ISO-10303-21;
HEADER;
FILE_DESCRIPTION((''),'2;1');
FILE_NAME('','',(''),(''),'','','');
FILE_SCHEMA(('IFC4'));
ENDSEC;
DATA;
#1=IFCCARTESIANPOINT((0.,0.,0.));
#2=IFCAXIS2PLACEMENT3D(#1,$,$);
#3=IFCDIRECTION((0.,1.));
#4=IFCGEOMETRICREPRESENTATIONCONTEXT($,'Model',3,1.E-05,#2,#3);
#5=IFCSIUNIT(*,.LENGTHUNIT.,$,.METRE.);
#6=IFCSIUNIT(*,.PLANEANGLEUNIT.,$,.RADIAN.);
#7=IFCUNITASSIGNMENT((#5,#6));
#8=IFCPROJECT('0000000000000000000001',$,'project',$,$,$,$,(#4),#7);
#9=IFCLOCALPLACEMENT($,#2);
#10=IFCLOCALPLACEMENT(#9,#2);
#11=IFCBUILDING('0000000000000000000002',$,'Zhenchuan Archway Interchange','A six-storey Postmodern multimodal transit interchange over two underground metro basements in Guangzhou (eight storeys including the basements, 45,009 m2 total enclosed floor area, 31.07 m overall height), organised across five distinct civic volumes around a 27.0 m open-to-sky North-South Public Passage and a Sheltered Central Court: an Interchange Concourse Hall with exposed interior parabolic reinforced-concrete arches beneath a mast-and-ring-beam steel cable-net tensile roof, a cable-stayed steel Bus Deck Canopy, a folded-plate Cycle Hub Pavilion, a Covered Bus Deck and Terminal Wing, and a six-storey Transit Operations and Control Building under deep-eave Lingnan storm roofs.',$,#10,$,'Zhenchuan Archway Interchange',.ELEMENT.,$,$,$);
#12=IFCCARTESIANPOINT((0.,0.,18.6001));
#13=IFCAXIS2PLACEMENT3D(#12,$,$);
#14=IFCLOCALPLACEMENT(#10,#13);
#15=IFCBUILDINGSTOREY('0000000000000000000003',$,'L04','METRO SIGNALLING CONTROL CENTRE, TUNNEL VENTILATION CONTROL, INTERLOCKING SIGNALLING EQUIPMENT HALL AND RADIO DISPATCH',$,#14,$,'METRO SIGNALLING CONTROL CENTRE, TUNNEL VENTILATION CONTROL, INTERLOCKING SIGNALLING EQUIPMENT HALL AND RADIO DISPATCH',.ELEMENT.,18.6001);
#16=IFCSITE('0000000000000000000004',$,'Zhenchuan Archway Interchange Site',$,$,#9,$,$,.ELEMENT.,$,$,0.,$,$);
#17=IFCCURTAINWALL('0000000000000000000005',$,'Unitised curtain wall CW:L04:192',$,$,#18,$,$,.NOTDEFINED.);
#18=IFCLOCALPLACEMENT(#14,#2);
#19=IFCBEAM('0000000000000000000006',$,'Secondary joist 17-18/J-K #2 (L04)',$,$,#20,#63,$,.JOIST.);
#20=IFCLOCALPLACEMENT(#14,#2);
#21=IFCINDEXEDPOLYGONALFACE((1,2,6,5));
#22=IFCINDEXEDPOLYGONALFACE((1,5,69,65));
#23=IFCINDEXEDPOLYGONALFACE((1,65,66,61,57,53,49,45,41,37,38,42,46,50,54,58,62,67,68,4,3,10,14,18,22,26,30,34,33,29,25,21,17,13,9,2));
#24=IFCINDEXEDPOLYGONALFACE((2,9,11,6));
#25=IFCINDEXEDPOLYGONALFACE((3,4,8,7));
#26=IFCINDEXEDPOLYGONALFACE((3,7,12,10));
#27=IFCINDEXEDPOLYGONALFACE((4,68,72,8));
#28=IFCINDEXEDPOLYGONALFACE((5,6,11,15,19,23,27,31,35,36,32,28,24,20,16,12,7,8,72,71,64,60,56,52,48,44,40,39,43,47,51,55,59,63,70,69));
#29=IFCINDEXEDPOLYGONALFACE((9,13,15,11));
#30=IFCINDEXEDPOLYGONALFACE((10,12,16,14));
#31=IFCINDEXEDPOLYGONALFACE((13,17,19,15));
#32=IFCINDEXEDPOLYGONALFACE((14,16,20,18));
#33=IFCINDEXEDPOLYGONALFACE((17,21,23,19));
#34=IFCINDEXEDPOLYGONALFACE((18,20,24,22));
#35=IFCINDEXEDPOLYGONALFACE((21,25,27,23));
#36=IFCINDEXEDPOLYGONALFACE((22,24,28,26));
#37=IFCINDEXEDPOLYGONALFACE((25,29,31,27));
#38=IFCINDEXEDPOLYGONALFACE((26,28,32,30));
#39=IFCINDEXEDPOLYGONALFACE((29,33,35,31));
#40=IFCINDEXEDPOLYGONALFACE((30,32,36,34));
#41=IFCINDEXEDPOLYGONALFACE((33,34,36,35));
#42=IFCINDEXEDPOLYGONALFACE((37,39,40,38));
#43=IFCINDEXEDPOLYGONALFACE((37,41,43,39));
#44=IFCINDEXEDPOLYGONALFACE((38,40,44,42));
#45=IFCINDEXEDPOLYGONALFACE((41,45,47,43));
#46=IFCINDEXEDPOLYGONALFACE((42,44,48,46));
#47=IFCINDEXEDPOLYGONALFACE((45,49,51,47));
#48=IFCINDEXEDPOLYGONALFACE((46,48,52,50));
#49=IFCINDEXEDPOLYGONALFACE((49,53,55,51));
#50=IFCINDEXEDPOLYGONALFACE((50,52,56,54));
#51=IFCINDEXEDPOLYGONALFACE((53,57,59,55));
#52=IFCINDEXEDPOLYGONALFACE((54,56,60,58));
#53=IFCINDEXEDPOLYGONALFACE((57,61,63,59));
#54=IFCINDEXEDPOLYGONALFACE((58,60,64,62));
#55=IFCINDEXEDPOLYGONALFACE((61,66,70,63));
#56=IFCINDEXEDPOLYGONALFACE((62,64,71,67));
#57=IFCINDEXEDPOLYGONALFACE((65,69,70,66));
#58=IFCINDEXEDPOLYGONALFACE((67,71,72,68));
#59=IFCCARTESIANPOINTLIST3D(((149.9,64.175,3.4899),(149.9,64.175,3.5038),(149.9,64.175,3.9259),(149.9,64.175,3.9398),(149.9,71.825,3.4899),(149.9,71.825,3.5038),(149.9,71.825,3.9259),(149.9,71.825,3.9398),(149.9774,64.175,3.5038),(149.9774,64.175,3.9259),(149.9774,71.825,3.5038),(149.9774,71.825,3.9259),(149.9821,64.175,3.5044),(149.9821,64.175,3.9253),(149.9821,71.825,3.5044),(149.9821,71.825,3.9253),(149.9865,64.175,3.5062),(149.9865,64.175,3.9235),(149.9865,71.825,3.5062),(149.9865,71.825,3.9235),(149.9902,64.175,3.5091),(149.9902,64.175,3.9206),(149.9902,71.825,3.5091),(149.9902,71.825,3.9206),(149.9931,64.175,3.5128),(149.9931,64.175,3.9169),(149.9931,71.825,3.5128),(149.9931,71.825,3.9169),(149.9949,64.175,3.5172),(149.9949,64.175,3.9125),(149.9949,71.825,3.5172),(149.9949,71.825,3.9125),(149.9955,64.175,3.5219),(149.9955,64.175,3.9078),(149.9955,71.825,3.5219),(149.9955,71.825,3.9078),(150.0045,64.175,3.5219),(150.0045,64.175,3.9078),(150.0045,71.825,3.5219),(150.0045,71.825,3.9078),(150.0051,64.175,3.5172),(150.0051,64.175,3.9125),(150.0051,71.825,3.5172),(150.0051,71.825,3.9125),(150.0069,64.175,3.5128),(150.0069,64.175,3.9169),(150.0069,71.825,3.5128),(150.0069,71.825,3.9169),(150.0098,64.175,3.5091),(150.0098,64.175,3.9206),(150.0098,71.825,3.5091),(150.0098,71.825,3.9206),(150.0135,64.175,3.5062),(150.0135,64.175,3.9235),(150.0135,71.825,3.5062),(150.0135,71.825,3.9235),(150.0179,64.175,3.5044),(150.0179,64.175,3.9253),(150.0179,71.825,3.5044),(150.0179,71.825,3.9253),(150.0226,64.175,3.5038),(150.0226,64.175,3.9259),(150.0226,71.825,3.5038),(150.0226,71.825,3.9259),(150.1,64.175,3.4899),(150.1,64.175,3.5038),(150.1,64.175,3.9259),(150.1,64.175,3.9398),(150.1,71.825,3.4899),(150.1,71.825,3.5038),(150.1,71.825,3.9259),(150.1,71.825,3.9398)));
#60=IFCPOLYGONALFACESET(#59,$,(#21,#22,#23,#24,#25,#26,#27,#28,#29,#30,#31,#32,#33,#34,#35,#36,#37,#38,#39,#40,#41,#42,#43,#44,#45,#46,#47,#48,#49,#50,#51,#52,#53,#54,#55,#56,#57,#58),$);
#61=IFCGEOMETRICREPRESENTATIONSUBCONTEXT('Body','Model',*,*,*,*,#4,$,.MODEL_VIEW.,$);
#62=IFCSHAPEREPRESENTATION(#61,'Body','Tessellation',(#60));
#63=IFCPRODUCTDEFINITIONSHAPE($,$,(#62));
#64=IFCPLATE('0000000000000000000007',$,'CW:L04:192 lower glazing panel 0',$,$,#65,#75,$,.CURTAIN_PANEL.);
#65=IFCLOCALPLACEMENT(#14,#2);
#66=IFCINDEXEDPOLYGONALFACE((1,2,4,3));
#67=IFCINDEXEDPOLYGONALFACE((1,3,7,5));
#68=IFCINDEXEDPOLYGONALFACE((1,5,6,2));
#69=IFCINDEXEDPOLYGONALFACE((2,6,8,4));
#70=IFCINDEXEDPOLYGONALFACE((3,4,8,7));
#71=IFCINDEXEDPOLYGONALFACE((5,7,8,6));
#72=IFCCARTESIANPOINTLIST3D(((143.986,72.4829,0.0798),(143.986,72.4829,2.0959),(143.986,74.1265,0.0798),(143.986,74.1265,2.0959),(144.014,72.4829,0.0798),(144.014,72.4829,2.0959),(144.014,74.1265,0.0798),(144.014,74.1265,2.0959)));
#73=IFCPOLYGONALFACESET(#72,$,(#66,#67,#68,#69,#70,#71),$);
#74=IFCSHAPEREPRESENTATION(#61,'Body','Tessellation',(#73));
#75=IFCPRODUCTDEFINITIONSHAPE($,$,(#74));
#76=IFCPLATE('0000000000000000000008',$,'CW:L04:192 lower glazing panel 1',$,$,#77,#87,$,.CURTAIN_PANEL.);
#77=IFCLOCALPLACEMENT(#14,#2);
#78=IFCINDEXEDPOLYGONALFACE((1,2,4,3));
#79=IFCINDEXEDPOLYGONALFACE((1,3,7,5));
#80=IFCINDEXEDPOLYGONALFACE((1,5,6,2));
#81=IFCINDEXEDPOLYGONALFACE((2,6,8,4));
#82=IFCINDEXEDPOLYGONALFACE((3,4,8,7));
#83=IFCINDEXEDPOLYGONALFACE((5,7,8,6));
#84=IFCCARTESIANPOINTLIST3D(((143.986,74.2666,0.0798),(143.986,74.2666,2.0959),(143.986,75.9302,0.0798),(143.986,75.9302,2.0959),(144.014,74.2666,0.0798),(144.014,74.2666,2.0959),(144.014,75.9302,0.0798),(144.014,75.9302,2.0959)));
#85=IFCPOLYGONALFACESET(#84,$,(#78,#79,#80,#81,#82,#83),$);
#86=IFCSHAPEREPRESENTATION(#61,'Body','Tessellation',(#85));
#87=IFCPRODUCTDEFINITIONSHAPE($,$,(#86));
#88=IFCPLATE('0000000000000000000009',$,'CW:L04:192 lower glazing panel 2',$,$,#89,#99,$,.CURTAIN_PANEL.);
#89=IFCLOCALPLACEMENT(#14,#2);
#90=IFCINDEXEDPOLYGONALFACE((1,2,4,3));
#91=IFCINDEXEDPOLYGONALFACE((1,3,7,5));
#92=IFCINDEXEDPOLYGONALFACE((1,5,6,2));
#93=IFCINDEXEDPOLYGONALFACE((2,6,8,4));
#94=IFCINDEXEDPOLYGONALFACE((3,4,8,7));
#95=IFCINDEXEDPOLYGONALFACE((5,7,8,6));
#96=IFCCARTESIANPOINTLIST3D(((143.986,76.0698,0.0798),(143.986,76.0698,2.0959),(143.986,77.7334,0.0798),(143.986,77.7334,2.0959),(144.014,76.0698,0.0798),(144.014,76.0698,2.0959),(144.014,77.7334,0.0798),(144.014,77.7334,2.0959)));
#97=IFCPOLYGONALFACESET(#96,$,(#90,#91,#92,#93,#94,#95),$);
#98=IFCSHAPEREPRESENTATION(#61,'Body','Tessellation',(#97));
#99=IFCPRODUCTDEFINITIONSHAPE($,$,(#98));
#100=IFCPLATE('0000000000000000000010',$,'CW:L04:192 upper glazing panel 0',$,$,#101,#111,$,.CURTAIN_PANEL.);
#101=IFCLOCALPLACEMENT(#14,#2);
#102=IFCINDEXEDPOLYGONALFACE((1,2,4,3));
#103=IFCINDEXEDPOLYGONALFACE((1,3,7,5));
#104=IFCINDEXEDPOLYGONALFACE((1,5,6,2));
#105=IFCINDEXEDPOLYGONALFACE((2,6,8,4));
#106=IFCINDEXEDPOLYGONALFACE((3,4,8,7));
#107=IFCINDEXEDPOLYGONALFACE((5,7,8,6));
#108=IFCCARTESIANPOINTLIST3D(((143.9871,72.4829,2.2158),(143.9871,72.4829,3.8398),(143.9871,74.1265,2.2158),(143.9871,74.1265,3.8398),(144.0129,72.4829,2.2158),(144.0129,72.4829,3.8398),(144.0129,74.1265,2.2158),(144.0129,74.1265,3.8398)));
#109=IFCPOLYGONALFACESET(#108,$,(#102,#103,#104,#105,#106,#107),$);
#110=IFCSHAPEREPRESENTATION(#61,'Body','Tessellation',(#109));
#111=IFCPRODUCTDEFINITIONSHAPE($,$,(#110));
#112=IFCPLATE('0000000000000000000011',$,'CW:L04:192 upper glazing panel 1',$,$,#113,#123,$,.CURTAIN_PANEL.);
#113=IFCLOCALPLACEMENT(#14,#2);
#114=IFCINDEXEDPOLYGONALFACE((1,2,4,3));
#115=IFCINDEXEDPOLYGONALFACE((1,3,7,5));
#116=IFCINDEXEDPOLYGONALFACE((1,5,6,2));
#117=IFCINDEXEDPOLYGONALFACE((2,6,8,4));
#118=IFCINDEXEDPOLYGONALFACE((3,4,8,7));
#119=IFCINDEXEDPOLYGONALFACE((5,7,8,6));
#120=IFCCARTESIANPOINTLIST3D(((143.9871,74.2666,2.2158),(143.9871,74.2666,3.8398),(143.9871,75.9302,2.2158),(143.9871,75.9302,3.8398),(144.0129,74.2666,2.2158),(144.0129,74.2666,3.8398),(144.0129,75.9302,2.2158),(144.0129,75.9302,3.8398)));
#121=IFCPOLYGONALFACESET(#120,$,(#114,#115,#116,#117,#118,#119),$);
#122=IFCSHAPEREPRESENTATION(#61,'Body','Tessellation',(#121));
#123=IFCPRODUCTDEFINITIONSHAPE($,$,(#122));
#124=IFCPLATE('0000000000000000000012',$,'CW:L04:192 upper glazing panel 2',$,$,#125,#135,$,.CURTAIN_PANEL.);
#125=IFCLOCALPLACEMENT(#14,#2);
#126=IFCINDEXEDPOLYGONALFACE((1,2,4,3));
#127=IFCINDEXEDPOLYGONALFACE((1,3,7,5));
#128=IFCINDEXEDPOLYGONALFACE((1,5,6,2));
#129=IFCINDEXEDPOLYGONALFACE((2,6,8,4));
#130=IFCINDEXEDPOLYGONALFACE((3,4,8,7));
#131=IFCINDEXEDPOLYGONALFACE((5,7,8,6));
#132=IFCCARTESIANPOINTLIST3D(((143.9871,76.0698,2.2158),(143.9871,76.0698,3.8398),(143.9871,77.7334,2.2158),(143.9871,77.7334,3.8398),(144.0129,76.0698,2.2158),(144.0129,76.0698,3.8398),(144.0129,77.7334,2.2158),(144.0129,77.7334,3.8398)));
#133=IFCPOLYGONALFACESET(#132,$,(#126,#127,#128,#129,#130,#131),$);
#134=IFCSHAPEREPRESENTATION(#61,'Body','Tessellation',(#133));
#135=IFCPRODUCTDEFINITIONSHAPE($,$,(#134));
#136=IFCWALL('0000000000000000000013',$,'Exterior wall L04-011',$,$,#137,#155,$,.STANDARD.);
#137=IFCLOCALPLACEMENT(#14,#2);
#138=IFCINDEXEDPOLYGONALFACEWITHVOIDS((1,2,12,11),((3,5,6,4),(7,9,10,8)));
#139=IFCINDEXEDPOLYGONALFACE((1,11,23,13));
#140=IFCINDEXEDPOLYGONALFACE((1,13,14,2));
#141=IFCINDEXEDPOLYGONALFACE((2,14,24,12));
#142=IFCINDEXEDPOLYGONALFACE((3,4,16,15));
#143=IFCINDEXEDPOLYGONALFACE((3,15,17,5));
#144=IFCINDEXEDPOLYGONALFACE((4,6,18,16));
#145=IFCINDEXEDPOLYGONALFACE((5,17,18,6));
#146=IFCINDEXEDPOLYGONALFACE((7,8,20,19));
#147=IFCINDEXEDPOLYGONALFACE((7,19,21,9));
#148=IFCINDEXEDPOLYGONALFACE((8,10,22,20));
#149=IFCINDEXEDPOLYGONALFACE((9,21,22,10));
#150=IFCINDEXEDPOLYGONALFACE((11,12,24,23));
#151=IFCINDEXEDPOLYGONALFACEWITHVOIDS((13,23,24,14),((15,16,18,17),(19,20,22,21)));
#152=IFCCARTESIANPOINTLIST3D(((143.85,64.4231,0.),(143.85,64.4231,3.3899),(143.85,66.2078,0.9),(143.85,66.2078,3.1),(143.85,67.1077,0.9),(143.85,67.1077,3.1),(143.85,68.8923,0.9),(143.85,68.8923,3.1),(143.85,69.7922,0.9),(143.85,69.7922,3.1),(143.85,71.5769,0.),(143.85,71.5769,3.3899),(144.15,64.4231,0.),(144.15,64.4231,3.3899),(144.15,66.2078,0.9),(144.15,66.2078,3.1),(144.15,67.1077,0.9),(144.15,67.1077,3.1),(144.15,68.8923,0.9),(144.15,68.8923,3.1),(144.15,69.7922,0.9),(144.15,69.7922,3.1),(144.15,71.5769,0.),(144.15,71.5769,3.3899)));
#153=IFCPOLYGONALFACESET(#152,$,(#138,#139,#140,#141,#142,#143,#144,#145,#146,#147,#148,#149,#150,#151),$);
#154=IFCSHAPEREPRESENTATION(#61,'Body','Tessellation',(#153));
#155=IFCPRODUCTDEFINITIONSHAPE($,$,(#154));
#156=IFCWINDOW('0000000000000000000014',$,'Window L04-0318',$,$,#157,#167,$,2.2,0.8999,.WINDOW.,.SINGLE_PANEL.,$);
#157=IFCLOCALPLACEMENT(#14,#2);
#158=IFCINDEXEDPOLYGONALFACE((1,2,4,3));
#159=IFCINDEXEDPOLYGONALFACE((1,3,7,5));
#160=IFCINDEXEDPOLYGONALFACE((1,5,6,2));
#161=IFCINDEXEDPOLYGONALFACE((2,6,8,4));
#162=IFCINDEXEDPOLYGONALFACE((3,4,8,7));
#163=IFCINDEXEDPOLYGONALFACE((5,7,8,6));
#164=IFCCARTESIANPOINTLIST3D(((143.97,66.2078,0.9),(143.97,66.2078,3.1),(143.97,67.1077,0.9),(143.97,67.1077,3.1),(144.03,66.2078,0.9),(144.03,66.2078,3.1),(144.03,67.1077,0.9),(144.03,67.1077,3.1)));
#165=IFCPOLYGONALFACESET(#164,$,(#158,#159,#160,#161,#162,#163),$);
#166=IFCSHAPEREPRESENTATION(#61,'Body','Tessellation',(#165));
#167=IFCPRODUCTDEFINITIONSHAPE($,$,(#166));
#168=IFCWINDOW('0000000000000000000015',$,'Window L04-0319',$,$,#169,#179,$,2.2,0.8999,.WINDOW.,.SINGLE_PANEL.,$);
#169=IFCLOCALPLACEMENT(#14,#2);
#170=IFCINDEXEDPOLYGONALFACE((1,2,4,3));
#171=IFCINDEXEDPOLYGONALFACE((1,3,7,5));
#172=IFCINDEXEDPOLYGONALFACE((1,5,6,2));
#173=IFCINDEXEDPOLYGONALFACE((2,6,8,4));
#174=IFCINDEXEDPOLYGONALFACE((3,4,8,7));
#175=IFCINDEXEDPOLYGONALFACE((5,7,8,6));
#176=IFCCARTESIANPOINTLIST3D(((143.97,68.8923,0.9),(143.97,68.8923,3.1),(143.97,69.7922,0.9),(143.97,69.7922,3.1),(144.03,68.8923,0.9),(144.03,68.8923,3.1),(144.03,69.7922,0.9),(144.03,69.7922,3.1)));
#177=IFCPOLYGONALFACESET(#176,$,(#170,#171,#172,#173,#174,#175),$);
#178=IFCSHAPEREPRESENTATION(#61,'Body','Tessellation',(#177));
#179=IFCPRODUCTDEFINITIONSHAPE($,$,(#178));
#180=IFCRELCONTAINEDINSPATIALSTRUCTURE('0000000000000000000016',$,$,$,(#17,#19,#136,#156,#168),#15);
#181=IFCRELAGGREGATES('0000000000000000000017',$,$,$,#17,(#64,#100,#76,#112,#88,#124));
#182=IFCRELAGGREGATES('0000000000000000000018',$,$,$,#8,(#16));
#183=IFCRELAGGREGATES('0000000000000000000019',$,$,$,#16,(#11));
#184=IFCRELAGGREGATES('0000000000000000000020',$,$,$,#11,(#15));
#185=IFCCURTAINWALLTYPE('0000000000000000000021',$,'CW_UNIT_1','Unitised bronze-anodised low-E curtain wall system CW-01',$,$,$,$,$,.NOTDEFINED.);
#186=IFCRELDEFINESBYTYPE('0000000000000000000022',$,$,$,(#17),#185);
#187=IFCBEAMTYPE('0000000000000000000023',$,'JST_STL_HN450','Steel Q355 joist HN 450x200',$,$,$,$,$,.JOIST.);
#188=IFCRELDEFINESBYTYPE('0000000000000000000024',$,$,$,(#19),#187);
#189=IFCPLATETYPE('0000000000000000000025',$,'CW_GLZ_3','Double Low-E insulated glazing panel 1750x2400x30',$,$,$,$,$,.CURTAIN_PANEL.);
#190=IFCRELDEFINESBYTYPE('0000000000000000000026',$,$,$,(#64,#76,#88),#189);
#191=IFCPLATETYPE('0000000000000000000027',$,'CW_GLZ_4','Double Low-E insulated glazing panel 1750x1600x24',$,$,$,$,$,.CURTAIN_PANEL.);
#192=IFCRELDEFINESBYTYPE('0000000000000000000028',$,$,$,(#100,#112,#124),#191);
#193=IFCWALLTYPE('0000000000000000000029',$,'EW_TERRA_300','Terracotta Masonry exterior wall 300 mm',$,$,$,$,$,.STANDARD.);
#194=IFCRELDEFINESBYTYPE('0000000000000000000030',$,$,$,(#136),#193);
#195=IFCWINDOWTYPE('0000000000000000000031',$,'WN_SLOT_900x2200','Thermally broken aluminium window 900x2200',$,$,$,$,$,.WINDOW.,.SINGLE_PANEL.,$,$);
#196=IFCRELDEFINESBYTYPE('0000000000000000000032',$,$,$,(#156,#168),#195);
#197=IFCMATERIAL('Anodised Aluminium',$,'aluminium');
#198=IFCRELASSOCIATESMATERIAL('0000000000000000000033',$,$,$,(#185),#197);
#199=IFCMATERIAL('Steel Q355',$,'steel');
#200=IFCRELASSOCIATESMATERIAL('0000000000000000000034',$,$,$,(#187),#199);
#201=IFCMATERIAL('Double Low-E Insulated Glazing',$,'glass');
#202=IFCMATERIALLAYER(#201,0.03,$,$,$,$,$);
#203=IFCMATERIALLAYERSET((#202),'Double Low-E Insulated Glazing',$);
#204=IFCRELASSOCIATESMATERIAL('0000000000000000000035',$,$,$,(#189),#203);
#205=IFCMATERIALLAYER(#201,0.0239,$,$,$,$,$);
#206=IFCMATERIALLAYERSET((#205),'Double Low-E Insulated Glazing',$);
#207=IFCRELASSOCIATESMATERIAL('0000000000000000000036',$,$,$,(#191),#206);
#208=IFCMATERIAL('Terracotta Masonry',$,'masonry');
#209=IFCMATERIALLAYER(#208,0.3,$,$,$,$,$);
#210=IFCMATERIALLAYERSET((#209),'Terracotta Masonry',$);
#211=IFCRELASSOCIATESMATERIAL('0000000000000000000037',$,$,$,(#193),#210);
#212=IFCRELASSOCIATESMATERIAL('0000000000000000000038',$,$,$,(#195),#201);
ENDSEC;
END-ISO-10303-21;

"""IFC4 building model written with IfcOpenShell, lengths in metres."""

from ifc_helpers import new_model, si_unit, direction, frame, frame_2d, origin, origin_2d, place, context, subcontext, project, spatial, rectangle, i_section, extrude, material, layer, layer_set, material_profile, profile_set, type_object, element, fill, aggregate, save


model = new_model("IFC4")

# Units and contexts
model_context = context("Model", 3, precision=1e-05, world=origin(), true_north=direction((0.0, 1.0)))
body_context = subcontext(model_context, "Body", "Model", "MODEL_VIEW")
ifc_project = project(units=[si_unit("LENGTHUNIT", "METRE"), si_unit("PLANEANGLEUNIT", "RADIAN")], contexts=[model_context])

# Site, building, storey
site_placement = place(None, origin())
site = spatial("IfcSite", under=ifc_project, at=site_placement, Name="Zhenchuan Archway Interchange Site", CompositionType="ELEMENT", RefElevation=0.0)
building_placement = place(site_placement, origin())
building = spatial("IfcBuilding", under=site, at=building_placement, Name="Zhenchuan Archway Interchange", Description="A six-storey Postmodern multimodal transit interchange over two underground metro basements in Guangzhou (eight storeys including the basements, 45,009 m2 total enclosed floor area, 31.07 m overall height), organised across five distinct civic volumes around a 27.0 m open-to-sky North-South Public Passage and a Sheltered Central Court: an Interchange Concourse Hall with exposed interior parabolic reinforced-concrete arches beneath a mast-and-ring-beam steel cable-net tensile roof, a cable-stayed steel Bus Deck Canopy, a folded-plate Cycle Hub Pavilion, a Covered Bus Deck and Terminal Wing, and a six-storey Transit Operations and Control Building under deep-eave Lingnan storm roofs.", LongName="Zhenchuan Archway Interchange", CompositionType="ELEMENT")
storey_placement = place(building_placement, frame((0.0, 0.0, 18.6001)))
storey = spatial("IfcBuildingStorey", under=building, at=storey_placement, Name="L04", Description="METRO SIGNALLING CONTROL CENTRE, TUNNEL VENTILATION CONTROL, INTERLOCKING SIGNALLING EQUIPMENT HALL AND RADIO DISPATCH", LongName="METRO SIGNALLING CONTROL CENTRE, TUNNEL VENTILATION CONTROL, INTERLOCKING SIGNALLING EQUIPMENT HALL AND RADIO DISPATCH", CompositionType="ELEMENT", Elevation=18.6001)

# Curtain wall
ifc_material_1 = material(Name="Anodised Aluminium", Category="aluminium")
curtain_wall_type = type_object("IfcCurtainWallType", Name="CW_UNIT_1", Description="Unitised bronze-anodised low-E curtain wall system CW-01", PredefinedType="NOTDEFINED", material=ifc_material_1)
curtain_wall_placement = place(storey_placement, origin())
curtain_wall = element("IfcCurtainWall", 1, at=curtain_wall_placement, inside=storey, type_object=curtain_wall_type, Name="Unitised curtain wall CW:L04:192", PredefinedType="NOTDEFINED")

# Beam
ifc_material_2 = material(Name="Steel Q355", Category="steel")
ifc_material_profile_1 = material_profile(ifc_material_2, i_section(OverallWidth=0.2, OverallDepth=0.45, WebThickness=0.009, FlangeThickness=0.0139, FilletRadius=0.0181, at=origin_2d()), Name="HN 450x200")
ifc_profile_set_1 = profile_set([ifc_material_profile_1], Name="Steel Q355")
beam_type_1 = type_object("IfcBeamType", Name="JST_STL_HN450", Description="Steel Q355 joist HN 450x200", PredefinedType="JOIST", material=ifc_profile_set_1)
beam_1_placement = place(storey_placement, frame((150.0, 64.175, 3.7148), z_axis=(0.0, 1.0, 0.0), x_axis=(-1.0, 0.0, 0.0)))
element("IfcBeam", 2, at=beam_1_placement, inside=storey, type_object=beam_type_1, Name="Secondary joist 17-18/J-K #2 (L04)", PredefinedType="JOIST", context=body_context, shape_type="SweptSolid", body=[
    extrude(i_section(OverallWidth=0.2, OverallDepth=0.45, WebThickness=0.009, FlangeThickness=0.0139, FilletRadius=0.0181, at=origin_2d()), origin(), (0.0, 0.0, 1.0), 7.6499),
])

# Plates
ifc_material_3 = material(Name="Double Low-E Insulated Glazing", Category="glass")
ifc_layer_1 = layer(ifc_material_3, 0.03)
ifc_layer_set_1 = layer_set([ifc_layer_1], Name="Double Low-E Insulated Glazing")
plate_type_1 = type_object("IfcPlateType", Name="CW_GLZ_3", Description="Double Low-E insulated glazing panel 1750x2400x30", PredefinedType="CURTAIN_PANEL", material=ifc_layer_set_1)
plate_1_placement = place(storey_placement, frame((144.0, 73.3047, 0.0798), z_axis=(0.0, 0.0, 1.0), x_axis=(0.0, 1.0, 0.0)))
plate_1 = element("IfcPlate", 3, at=plate_1_placement, type_object=plate_type_1, Name="CW:L04:192 lower glazing panel 0", PredefinedType="CURTAIN_PANEL", context=body_context, shape_type="SweptSolid", body=[
    extrude(rectangle(XDim=1.6436, YDim=0.0281, at=origin_2d()), origin(), (0.0, 0.0, 1.0), 2.0161),
])
plate_2_placement = place(storey_placement, frame((144.0, 75.0984, 0.0798), z_axis=(0.0, 0.0, 1.0), x_axis=(0.0, 1.0, 0.0)))
plate_2 = element("IfcPlate", 4, at=plate_2_placement, type_object=plate_type_1, Name="CW:L04:192 lower glazing panel 1", PredefinedType="CURTAIN_PANEL", context=body_context, shape_type="SweptSolid", body=[
    extrude(rectangle(XDim=1.6636, YDim=0.0281, at=origin_2d()), origin(), (0.0, 0.0, 1.0), 2.0161),
])
plate_3_placement = place(storey_placement, frame((144.0, 76.9016, 0.0798), z_axis=(0.0, 0.0, 1.0), x_axis=(0.0, 1.0, 0.0)))
plate_3 = element("IfcPlate", 5, at=plate_3_placement, type_object=plate_type_1, Name="CW:L04:192 lower glazing panel 2", PredefinedType="CURTAIN_PANEL", context=body_context, shape_type="SweptSolid", body=[
    extrude(rectangle(XDim=1.6636, YDim=0.0281, at=origin_2d()), origin(), (0.0, 0.0, 1.0), 2.0161),
])
ifc_layer_2 = layer(ifc_material_3, 0.0239)
ifc_layer_set_2 = layer_set([ifc_layer_2], Name="Double Low-E Insulated Glazing")
plate_type_2 = type_object("IfcPlateType", Name="CW_GLZ_4", Description="Double Low-E insulated glazing panel 1750x1600x24", PredefinedType="CURTAIN_PANEL", material=ifc_layer_set_2)
plate_4_placement = place(storey_placement, frame((144.0, 73.3047, 2.2158), z_axis=(0.0, 0.0, 1.0), x_axis=(0.0, 1.0, 0.0)))
plate_4 = element("IfcPlate", 6, at=plate_4_placement, type_object=plate_type_2, Name="CW:L04:192 upper glazing panel 0", PredefinedType="CURTAIN_PANEL", context=body_context, shape_type="SweptSolid", body=[
    extrude(rectangle(XDim=1.6436, YDim=0.0259, at=origin_2d()), origin(), (0.0, 0.0, 1.0), 1.624),
])
plate_5_placement = place(storey_placement, frame((144.0, 75.0984, 2.2158), z_axis=(0.0, 0.0, 1.0), x_axis=(0.0, 1.0, 0.0)))
plate_5 = element("IfcPlate", 7, at=plate_5_placement, type_object=plate_type_2, Name="CW:L04:192 upper glazing panel 1", PredefinedType="CURTAIN_PANEL", context=body_context, shape_type="SweptSolid", body=[
    extrude(rectangle(XDim=1.6636, YDim=0.0259, at=origin_2d()), origin(), (0.0, 0.0, 1.0), 1.624),
])
plate_6_placement = place(storey_placement, frame((144.0, 76.9016, 2.2158), z_axis=(0.0, 0.0, 1.0), x_axis=(0.0, 1.0, 0.0)))
plate_6 = element("IfcPlate", 8, at=plate_6_placement, type_object=plate_type_2, Name="CW:L04:192 upper glazing panel 2", PredefinedType="CURTAIN_PANEL", context=body_context, shape_type="SweptSolid", body=[
    extrude(rectangle(XDim=1.6636, YDim=0.0259, at=origin_2d()), origin(), (0.0, 0.0, 1.0), 1.624),
])
aggregate(curtain_wall, [plate_1, plate_4, plate_2, plate_5, plate_3, plate_6])

# Wall, openings, windows
ifc_material_4 = material(Name="Terracotta Masonry", Category="masonry")
ifc_layer_3 = layer(ifc_material_4, 0.3)
ifc_layer_set_3 = layer_set([ifc_layer_3], Name="Terracotta Masonry")
wall_type = type_object("IfcWallType", Name="EW_TERRA_300", Description="Terracotta Masonry exterior wall 300 mm", PredefinedType="STANDARD", material=ifc_layer_set_3)
wall_placement = place(storey_placement, frame((144.0, 64.4231, 0.0), z_axis=(0.0, 0.0, 1.0), x_axis=(0.0, 1.0, 0.0)))
wall = element("IfcWall", 9, at=wall_placement, inside=storey, type_object=wall_type, Name="Exterior wall L04-011", PredefinedType="STANDARD", context=body_context, shape_type="SweptSolid", body=[
    extrude(rectangle(XDim=7.1538, YDim=0.3, at=frame_2d((3.5769, 0.0))), origin(), (0.0, 0.0, 1.0), 3.3899),
])
opening_1_placement = place(wall_placement, frame((1.7847, 0.0, 0.8999)))
opening_1 = element("IfcOpeningElement", 10, at=opening_1_placement, cuts=wall, PredefinedType="OPENING", context=body_context, shape_type="SweptSolid", body=[
    extrude(rectangle(XDim=0.8999, YDim=2.2, at=frame_2d((0.45, 1.1001))), frame((0.0, 0.1621, 0.0), z_axis=(0.0, -1.0, 0.0), x_axis=(1.0, 0.0, 0.0)), (0.0, 0.0, 1.0), 0.324),
])
opening_2_placement = place(wall_placement, frame((4.4692, 0.0, 0.8999)))
opening_2 = element("IfcOpeningElement", 11, at=opening_2_placement, cuts=wall, PredefinedType="OPENING", context=body_context, shape_type="SweptSolid", body=[
    extrude(rectangle(XDim=0.8999, YDim=2.2, at=frame_2d((0.45, 1.1001))), frame((0.0, 0.1621, 0.0), z_axis=(0.0, -1.0, 0.0), x_axis=(1.0, 0.0, 0.0)), (0.0, 0.0, 1.0), 0.324),
])
window_type = type_object("IfcWindowType", Name="WN_SLOT_900x2200", Description="Thermally broken aluminium window 900x2200", PartitioningType="SINGLE_PANEL", PredefinedType="WINDOW", material=ifc_material_3)
window_1_placement = place(opening_1_placement, origin())
window_1 = element("IfcWindow", 12, at=window_1_placement, inside=storey, type_object=window_type, Name="Window L04-0318", OverallHeight=2.2, OverallWidth=0.8999, PartitioningType="SINGLE_PANEL", PredefinedType="WINDOW", context=body_context, shape_type="SweptSolid", body=[
    extrude(rectangle(XDim=0.8999, YDim=2.2, at=frame_2d((0.45, 1.1001))), frame((0.0, 0.03, 0.0), z_axis=(0.0, -1.0, 0.0), x_axis=(1.0, 0.0, 0.0)), (0.0, 0.0, 1.0), 0.0601),
])
fill(opening_1, window_1)
window_2_placement = place(opening_2_placement, origin())
window_2 = element("IfcWindow", 13, at=window_2_placement, inside=storey, type_object=window_type, Name="Window L04-0319", OverallHeight=2.2, OverallWidth=0.8999, PartitioningType="SINGLE_PANEL", PredefinedType="WINDOW", context=body_context, shape_type="SweptSolid", body=[
    extrude(rectangle(XDim=0.8999, YDim=2.2, at=frame_2d((0.45, 1.1001))), frame((0.0, 0.03, 0.0), z_axis=(0.0, -1.0, 0.0), x_axis=(1.0, 0.0, 0.0)), (0.0, 0.0, 1.0), 0.0601),
])
fill(opening_2, window_2)

save(model, "model.ifc")
